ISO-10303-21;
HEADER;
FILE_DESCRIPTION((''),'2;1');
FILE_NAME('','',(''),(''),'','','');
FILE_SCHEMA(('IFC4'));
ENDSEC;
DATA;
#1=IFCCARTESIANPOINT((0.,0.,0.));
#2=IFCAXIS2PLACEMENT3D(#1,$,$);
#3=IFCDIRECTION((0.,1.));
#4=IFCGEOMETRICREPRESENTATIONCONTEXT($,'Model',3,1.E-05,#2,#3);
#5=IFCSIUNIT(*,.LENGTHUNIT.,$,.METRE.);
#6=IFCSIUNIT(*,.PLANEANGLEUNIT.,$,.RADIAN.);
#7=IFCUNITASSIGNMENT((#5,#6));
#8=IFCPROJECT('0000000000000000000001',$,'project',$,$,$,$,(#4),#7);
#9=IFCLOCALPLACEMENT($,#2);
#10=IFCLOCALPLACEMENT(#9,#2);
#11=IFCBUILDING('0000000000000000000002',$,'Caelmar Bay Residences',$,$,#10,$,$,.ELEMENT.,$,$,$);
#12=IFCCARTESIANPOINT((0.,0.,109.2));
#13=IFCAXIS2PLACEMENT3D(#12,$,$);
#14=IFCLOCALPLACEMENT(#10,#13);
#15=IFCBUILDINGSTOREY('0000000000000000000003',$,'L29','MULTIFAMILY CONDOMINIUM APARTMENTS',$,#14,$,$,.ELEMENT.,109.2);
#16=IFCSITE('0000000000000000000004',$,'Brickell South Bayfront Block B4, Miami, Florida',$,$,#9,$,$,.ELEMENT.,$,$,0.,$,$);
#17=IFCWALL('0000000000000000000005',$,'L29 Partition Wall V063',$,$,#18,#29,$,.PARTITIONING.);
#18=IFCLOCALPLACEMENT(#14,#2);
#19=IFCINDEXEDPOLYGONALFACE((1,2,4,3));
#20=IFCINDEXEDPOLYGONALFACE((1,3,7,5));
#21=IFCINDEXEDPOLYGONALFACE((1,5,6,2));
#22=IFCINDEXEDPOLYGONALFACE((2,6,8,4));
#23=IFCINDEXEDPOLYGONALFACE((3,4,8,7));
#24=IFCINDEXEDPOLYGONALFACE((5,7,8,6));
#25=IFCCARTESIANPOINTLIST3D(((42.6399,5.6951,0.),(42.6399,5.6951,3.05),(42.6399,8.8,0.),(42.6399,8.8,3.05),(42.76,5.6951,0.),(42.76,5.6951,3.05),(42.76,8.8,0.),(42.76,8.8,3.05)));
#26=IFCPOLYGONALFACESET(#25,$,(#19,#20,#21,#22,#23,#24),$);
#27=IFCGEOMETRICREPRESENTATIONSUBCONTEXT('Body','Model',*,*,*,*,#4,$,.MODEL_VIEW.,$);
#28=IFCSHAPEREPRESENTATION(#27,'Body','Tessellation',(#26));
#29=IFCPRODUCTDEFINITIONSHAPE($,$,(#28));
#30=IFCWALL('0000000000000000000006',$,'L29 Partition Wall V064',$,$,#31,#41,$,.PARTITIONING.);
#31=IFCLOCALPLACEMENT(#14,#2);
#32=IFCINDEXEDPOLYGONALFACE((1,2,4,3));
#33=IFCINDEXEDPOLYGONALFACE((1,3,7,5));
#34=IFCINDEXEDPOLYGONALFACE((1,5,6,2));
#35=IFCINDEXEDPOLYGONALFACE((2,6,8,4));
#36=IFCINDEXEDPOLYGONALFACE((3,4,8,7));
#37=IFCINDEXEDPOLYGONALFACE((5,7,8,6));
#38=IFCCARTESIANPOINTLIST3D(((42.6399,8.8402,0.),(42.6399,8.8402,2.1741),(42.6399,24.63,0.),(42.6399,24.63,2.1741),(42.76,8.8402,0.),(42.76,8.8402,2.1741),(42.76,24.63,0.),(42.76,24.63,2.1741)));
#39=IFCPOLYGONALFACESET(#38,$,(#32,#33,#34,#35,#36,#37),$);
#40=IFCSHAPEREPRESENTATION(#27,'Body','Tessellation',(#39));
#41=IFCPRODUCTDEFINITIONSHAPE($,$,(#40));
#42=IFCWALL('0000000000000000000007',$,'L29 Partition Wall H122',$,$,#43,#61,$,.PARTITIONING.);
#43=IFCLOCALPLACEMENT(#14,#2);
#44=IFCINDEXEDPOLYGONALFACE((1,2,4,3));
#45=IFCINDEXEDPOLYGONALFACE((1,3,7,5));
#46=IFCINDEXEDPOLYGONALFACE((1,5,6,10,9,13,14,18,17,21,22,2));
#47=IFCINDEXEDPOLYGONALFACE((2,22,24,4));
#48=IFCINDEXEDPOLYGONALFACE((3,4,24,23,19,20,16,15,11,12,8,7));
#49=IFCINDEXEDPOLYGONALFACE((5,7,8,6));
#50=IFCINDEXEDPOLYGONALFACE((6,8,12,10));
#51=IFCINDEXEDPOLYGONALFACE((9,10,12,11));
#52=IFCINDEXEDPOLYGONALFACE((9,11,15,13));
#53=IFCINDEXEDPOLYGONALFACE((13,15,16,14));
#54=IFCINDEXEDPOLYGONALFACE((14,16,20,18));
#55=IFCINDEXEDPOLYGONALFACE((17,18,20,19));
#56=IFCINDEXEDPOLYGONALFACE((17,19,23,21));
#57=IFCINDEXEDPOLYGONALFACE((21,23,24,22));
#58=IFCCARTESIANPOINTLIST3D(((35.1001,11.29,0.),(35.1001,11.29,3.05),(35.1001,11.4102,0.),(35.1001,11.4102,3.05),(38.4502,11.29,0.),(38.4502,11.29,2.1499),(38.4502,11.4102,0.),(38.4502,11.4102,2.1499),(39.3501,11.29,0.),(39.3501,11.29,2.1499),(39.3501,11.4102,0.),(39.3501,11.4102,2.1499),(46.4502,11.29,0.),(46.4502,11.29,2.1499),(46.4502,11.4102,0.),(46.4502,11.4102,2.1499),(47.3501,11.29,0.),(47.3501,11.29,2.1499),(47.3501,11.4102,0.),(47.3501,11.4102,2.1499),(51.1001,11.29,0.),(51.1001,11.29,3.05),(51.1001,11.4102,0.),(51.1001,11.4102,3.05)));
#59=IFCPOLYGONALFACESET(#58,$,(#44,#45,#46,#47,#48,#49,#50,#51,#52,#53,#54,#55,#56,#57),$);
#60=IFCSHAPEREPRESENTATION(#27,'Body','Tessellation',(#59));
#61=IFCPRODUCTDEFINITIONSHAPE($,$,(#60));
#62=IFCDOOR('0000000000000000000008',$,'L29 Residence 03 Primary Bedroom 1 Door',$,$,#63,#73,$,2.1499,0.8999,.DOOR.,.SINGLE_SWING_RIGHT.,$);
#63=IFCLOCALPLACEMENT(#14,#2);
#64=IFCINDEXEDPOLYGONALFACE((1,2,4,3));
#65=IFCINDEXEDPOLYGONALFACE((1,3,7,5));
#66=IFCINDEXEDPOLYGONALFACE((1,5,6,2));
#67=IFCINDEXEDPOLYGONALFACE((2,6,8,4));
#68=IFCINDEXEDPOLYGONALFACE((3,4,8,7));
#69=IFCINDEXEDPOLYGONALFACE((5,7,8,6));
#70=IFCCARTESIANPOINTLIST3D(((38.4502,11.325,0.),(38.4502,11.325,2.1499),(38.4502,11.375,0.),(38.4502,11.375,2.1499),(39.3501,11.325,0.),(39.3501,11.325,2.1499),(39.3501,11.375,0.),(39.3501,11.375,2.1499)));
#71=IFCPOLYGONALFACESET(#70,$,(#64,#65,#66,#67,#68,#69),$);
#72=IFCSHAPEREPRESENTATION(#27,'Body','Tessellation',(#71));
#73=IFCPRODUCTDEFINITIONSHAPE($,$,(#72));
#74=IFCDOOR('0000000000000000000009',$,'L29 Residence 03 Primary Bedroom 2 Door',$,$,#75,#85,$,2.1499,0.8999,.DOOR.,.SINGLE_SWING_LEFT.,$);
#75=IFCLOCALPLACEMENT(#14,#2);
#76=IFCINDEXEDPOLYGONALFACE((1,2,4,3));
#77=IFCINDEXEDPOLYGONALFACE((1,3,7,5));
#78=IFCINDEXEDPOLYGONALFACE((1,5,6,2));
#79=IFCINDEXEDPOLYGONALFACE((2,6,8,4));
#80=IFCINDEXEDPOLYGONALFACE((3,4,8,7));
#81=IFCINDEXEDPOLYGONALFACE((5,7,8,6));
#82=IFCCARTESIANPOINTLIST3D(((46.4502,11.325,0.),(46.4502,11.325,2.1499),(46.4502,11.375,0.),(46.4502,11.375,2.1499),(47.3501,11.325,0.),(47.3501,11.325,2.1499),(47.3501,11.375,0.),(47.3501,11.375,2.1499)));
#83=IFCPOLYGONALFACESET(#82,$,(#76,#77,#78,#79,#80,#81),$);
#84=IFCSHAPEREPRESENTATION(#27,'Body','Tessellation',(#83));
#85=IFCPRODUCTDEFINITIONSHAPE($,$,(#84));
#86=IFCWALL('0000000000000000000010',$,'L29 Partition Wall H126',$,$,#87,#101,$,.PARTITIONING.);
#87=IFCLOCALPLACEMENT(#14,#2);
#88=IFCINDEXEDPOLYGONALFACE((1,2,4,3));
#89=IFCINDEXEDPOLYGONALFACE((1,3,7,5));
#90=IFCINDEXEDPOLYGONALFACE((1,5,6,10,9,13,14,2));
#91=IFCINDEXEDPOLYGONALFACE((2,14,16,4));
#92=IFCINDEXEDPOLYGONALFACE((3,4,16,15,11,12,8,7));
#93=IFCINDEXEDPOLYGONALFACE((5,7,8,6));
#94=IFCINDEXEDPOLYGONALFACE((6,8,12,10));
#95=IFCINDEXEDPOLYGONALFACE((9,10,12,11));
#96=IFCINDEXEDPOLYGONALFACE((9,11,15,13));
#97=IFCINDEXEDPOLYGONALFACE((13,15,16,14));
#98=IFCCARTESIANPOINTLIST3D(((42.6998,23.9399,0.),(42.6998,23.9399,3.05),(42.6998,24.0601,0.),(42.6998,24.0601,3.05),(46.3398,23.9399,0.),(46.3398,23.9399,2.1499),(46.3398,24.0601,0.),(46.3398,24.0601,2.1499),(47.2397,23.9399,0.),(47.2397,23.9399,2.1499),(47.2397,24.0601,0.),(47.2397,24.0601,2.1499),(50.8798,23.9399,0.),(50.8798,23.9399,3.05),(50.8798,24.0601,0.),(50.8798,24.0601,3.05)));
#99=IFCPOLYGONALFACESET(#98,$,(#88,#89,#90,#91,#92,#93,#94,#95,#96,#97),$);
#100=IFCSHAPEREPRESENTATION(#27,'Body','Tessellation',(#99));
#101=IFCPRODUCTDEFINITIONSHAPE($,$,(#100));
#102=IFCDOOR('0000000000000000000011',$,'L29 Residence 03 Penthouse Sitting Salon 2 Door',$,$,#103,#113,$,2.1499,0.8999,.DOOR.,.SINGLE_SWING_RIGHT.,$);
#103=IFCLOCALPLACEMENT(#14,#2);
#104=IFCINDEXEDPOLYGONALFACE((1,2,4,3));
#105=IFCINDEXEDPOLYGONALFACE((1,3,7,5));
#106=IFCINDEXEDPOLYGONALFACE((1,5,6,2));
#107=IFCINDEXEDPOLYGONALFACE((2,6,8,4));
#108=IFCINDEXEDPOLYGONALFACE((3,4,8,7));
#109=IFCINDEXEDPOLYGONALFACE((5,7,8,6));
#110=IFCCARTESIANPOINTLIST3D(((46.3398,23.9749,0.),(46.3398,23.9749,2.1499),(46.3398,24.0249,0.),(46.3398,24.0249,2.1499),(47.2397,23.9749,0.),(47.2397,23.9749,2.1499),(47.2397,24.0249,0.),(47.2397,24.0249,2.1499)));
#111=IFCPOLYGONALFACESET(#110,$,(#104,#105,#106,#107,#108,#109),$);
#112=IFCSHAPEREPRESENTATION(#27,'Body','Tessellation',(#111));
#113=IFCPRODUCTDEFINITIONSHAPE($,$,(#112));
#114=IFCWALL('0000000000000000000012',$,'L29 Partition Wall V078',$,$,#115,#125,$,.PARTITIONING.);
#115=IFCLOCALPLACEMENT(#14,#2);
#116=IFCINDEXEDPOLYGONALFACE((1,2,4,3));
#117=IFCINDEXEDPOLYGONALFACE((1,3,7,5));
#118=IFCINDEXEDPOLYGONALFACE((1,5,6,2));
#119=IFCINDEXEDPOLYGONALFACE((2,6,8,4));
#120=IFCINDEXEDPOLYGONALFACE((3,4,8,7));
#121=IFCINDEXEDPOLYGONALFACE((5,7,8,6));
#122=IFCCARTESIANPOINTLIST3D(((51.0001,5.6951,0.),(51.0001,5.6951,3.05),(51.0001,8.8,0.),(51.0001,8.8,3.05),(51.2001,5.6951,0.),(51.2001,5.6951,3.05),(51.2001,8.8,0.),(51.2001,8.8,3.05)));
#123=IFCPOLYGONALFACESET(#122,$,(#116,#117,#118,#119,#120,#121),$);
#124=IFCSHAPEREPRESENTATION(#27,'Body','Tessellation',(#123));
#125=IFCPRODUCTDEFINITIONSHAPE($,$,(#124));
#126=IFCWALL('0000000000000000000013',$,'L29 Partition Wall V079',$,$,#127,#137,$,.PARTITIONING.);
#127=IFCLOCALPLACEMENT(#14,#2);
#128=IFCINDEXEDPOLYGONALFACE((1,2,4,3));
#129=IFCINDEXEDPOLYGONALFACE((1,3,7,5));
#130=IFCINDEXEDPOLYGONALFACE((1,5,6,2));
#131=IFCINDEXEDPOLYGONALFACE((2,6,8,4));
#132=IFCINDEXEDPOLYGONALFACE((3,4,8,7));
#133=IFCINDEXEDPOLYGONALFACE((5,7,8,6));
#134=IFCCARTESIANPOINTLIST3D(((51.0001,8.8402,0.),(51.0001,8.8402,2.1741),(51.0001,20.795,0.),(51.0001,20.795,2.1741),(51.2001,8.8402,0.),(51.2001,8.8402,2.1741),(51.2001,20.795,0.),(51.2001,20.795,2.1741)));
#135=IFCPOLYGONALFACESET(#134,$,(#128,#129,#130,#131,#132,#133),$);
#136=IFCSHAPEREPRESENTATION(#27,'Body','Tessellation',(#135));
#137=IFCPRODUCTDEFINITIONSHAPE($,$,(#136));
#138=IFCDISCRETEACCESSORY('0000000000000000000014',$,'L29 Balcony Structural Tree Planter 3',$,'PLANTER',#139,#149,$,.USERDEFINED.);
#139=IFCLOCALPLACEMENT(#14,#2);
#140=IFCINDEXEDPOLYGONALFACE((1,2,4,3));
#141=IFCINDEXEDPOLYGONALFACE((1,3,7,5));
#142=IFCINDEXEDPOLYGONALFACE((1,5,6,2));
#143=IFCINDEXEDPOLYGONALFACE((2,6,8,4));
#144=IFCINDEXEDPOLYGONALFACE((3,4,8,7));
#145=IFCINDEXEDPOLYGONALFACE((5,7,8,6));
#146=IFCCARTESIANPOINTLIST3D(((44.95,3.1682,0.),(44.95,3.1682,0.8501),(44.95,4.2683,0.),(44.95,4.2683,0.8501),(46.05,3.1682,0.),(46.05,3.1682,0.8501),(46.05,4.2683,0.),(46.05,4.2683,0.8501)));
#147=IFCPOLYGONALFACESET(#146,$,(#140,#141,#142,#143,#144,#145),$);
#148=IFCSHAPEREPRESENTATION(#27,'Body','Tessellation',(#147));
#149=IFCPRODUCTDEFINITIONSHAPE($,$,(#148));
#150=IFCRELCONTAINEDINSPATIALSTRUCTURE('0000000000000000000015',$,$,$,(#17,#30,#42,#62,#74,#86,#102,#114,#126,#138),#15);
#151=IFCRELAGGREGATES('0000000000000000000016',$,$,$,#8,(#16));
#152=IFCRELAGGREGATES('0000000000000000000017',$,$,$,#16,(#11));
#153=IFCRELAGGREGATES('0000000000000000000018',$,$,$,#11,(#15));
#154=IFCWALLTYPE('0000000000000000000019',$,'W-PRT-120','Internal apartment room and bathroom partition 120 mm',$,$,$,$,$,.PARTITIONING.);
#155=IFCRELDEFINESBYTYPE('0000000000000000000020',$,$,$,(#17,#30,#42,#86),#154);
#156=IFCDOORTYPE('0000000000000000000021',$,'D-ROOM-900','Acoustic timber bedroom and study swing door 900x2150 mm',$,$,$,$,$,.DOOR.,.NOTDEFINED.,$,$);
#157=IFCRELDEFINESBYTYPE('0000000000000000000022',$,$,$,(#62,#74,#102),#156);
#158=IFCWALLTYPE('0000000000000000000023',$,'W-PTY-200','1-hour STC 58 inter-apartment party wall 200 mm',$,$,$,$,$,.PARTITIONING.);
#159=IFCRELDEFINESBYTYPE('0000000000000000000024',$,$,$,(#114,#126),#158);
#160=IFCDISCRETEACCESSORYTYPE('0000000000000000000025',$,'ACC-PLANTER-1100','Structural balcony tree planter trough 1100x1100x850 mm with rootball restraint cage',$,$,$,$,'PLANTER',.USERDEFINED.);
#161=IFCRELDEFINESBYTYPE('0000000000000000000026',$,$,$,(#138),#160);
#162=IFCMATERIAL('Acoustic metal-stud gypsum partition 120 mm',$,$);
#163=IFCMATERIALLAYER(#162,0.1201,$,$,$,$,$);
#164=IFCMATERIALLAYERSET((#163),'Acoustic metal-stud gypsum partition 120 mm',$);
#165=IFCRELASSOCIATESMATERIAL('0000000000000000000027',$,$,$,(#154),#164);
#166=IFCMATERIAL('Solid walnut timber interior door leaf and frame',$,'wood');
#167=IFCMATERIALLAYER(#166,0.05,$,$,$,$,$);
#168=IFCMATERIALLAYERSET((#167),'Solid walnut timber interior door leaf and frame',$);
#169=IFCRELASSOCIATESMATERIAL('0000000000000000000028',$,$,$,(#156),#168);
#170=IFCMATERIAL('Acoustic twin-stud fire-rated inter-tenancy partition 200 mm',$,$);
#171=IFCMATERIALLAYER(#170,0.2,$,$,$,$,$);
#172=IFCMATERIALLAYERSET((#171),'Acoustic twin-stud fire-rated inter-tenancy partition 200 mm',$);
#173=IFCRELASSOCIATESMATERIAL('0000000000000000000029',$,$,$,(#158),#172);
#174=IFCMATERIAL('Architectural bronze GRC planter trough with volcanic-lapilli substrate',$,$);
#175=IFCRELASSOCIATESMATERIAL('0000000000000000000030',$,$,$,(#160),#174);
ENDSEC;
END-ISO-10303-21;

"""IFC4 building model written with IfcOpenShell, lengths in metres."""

from ifc_helpers import new_model, si_unit, direction, frame, frame_2d, origin, origin_2d, place, context, subcontext, project, spatial, rectangle, extrude, material, layer, layer_set, type_object, element, fill, save


model = new_model("IFC4")

# Units and contexts
model_context = context("Model", 3, precision=1e-05, world=origin(), true_north=direction((0.0, 1.0)))
body_context = subcontext(model_context, "Body", "Model", "MODEL_VIEW")
ifc_project = project(units=[si_unit("LENGTHUNIT", "METRE"), si_unit("PLANEANGLEUNIT", "RADIAN")], contexts=[model_context])

# Site, building, storey
site_placement = place(None, origin())
site = spatial("IfcSite", under=ifc_project, at=site_placement, Name="Brickell South Bayfront Block B4, Miami, Florida", CompositionType="ELEMENT", RefElevation=0.0)
building_placement = place(site_placement, origin())
building = spatial("IfcBuilding", under=site, at=building_placement, Name="Caelmar Bay Residences", CompositionType="ELEMENT")
storey_placement = place(building_placement, frame((0.0, 0.0, 109.2)))
storey = spatial("IfcBuildingStorey", under=building, at=storey_placement, Name="L29", Description="MULTIFAMILY CONDOMINIUM APARTMENTS", CompositionType="ELEMENT", Elevation=109.2)

# Walls
ifc_material_1 = material(Name="Acoustic metal-stud gypsum partition 120 mm")
ifc_layer_1 = layer(ifc_material_1, 0.1201)
ifc_layer_set_1 = layer_set([ifc_layer_1], Name="Acoustic metal-stud gypsum partition 120 mm")
wall_type_1 = type_object("IfcWallType", Name="W-PRT-120", Description="Internal apartment room and bathroom partition 120 mm", PredefinedType="PARTITIONING", material=ifc_layer_set_1)
wall_1_placement = place(storey_placement, frame((42.7, 5.6951, 0.0), z_axis=(0.0, 0.0, 1.0), x_axis=(0.0, 1.0, 0.0)))
element("IfcWall", 1, at=wall_1_placement, inside=storey, type_object=wall_type_1, Name="L29 Partition Wall V063", PredefinedType="PARTITIONING", context=body_context, shape_type="SweptSolid", body=[
    extrude(rectangle(XDim=3.105, YDim=0.1201, at=frame_2d((1.5525, 0.0))), origin(), (0.0, 0.0, 1.0), 3.05),
])
wall_2_placement = place(storey_placement, frame((42.7, 8.8401, 0.0), z_axis=(0.0, 0.0, 1.0), x_axis=(0.0, 1.0, 0.0)))
element("IfcWall", 2, at=wall_2_placement, inside=storey, type_object=wall_type_1, Name="L29 Partition Wall V064", PredefinedType="PARTITIONING", context=body_context, shape_type="SweptSolid", body=[
    extrude(rectangle(XDim=15.7898, YDim=0.1201, at=frame_2d((7.895, 0.0))), origin(), (0.0, 0.0, 1.0), 2.1741),
])

# Wall, openings, doors
wall_3_placement = place(storey_placement, frame((35.1001, 11.3501, 0.0), z_axis=(0.0, 0.0, 1.0), x_axis=(1.0, 0.0, 0.0)))
wall_3 = element("IfcWall", 3, at=wall_3_placement, inside=storey, type_object=wall_type_1, Name="L29 Partition Wall H122", PredefinedType="PARTITIONING", context=body_context, shape_type="SweptSolid", body=[
    extrude(rectangle(XDim=16.0, YDim=0.1201, at=frame_2d((8.0, 0.0))), origin(), (0.0, 0.0, 1.0), 3.05),
])
opening_1_placement = place(wall_3_placement, frame((3.3501, 0.0, 0.0)))
opening_1 = element("IfcOpeningElement", 4, at=opening_1_placement, cuts=wall_3, PredefinedType="OPENING", context=body_context, shape_type="SweptSolid", body=[
    extrude(rectangle(XDim=0.8999, YDim=2.1499, at=frame_2d((0.45, 1.075))), frame((0.0, 0.0701, 0.0), z_axis=(0.0, -1.0, 0.0), x_axis=(1.0, 0.0, 0.0)), (0.0, 0.0, 1.0), 0.1401),
])
opening_2_placement = place(wall_3_placement, frame((11.3501, 0.0, 0.0)))
opening_2 = element("IfcOpeningElement", 5, at=opening_2_placement, cuts=wall_3, PredefinedType="OPENING", context=body_context, shape_type="SweptSolid", body=[
    extrude(rectangle(XDim=0.8999, YDim=2.1499, at=frame_2d((0.45, 1.075))), frame((0.0, 0.0701, 0.0), z_axis=(0.0, -1.0, 0.0), x_axis=(1.0, 0.0, 0.0)), (0.0, 0.0, 1.0), 0.1401),
])
ifc_material_2 = material(Name="Solid walnut timber interior door leaf and frame", Category="wood")
ifc_layer_2 = layer(ifc_material_2, 0.05)
ifc_layer_set_2 = layer_set([ifc_layer_2], Name="Solid walnut timber interior door leaf and frame")
door_type = type_object("IfcDoorType", Name="D-ROOM-900", Description="Acoustic timber bedroom and study swing door 900x2150 mm", OperationType="NOTDEFINED", PredefinedType="DOOR", material=ifc_layer_set_2)
door_1_placement = place(opening_1_placement, origin())
door_1 = element("IfcDoor", 6, at=door_1_placement, inside=storey, type_object=door_type, Name="L29 Residence 03 Primary Bedroom 1 Door", OperationType="SINGLE_SWING_RIGHT", OverallHeight=2.1499, OverallWidth=0.8999, PredefinedType="DOOR", context=body_context, shape_type="SweptSolid", body=[
    extrude(rectangle(XDim=0.8999, YDim=2.1499, at=frame_2d((0.45, 1.075))), frame((0.0, 0.0249, 0.0), z_axis=(0.0, -1.0, 0.0), x_axis=(1.0, 0.0, 0.0)), (0.0, 0.0, 1.0), 0.05),
])
fill(opening_1, door_1)
door_2_placement = place(opening_2_placement, origin())
door_2 = element("IfcDoor", 7, at=door_2_placement, inside=storey, type_object=door_type, Name="L29 Residence 03 Primary Bedroom 2 Door", OperationType="SINGLE_SWING_LEFT", OverallHeight=2.1499, OverallWidth=0.8999, PredefinedType="DOOR", context=body_context, shape_type="SweptSolid", body=[
    extrude(rectangle(XDim=0.8999, YDim=2.1499, at=frame_2d((0.45, 1.075))), frame((0.0, 0.0249, 0.0), z_axis=(0.0, -1.0, 0.0), x_axis=(1.0, 0.0, 0.0)), (0.0, 0.0, 1.0), 0.05),
])
fill(opening_2, door_2)

# Wall, opening, door
wall_4_placement = place(storey_placement, frame((42.7, 24.0, 0.0), z_axis=(0.0, 0.0, 1.0), x_axis=(1.0, 0.0, 0.0)))
wall_4 = element("IfcWall", 8, at=wall_4_placement, inside=storey, type_object=wall_type_1, Name="L29 Partition Wall H126", PredefinedType="PARTITIONING", context=body_context, shape_type="SweptSolid", body=[
    extrude(rectangle(XDim=8.1799, YDim=0.1201, at=frame_2d((4.0898, 0.0))), origin(), (0.0, 0.0, 1.0), 3.05),
])
opening_3_placement = place(wall_4_placement, frame((3.6399, 0.0, 0.0)))
opening_3 = element("IfcOpeningElement", 9, at=opening_3_placement, cuts=wall_4, PredefinedType="OPENING", context=body_context, shape_type="SweptSolid", body=[
    extrude(rectangle(XDim=0.8999, YDim=2.1499, at=frame_2d((0.45, 1.075))), frame((0.0, 0.0701, 0.0), z_axis=(0.0, -1.0, 0.0), x_axis=(1.0, 0.0, 0.0)), (0.0, 0.0, 1.0), 0.1401),
])
door_3_placement = place(opening_3_placement, origin())
door_3 = element("IfcDoor", 10, at=door_3_placement, inside=storey, type_object=door_type, Name="L29 Residence 03 Penthouse Sitting Salon 2 Door", OperationType="SINGLE_SWING_RIGHT", OverallHeight=2.1499, OverallWidth=0.8999, PredefinedType="DOOR", context=body_context, shape_type="SweptSolid", body=[
    extrude(rectangle(XDim=0.8999, YDim=2.1499, at=frame_2d((0.45, 1.075))), frame((0.0, 0.0249, 0.0), z_axis=(0.0, -1.0, 0.0), x_axis=(1.0, 0.0, 0.0)), (0.0, 0.0, 1.0), 0.05),
])
fill(opening_3, door_3)

# Walls
ifc_material_3 = material(Name="Acoustic twin-stud fire-rated inter-tenancy partition 200 mm")
ifc_layer_3 = layer(ifc_material_3, 0.2)
ifc_layer_set_3 = layer_set([ifc_layer_3], Name="Acoustic twin-stud fire-rated inter-tenancy partition 200 mm")
wall_type_2 = type_object("IfcWallType", Name="W-PTY-200", Description="1-hour STC 58 inter-apartment party wall 200 mm", PredefinedType="PARTITIONING", material=ifc_layer_set_3)
wall_5_placement = place(storey_placement, frame((51.1001, 5.6951, 0.0), z_axis=(0.0, 0.0, 1.0), x_axis=(0.0, 1.0, 0.0)))
element("IfcWall", 11, at=wall_5_placement, inside=storey, type_object=wall_type_2, Name="L29 Partition Wall V078", PredefinedType="PARTITIONING", context=body_context, shape_type="SweptSolid", body=[
    extrude(rectangle(XDim=3.105, YDim=0.2, at=frame_2d((1.5525, 0.0))), origin(), (0.0, 0.0, 1.0), 3.05),
])
wall_6_placement = place(storey_placement, frame((51.1001, 8.8401, 0.0), z_axis=(0.0, 0.0, 1.0), x_axis=(0.0, 1.0, 0.0)))
element("IfcWall", 12, at=wall_6_placement, inside=storey, type_object=wall_type_2, Name="L29 Partition Wall V079", PredefinedType="PARTITIONING", context=body_context, shape_type="SweptSolid", body=[
    extrude(rectangle(XDim=11.9548, YDim=0.2, at=frame_2d((5.9775, 0.0))), origin(), (0.0, 0.0, 1.0), 2.1741),
])

# Discrete accessory
ifc_material_4 = material(Name="Architectural bronze GRC planter trough with volcanic-lapilli substrate")
discrete_accessory_type = type_object("IfcDiscreteAccessoryType", Name="ACC-PLANTER-1100", Description="Structural balcony tree planter trough 1100x1100x850 mm with rootball restraint cage", ElementType="PLANTER", PredefinedType="USERDEFINED", material=ifc_material_4)
discrete_accessory_placement = place(storey_placement, frame((45.5, 3.7183, 0.0), z_axis=(0.0, 0.0, 1.0), x_axis=(1.0, 0.0, 0.0)))
element("IfcDiscreteAccessory", 13, at=discrete_accessory_placement, inside=storey, type_object=discrete_accessory_type, Name="L29 Balcony Structural Tree Planter 3", ObjectType="PLANTER", PredefinedType="USERDEFINED", context=body_context, shape_type="SweptSolid", body=[
    extrude(rectangle(XDim=1.1001, YDim=1.1001, at=origin_2d()), origin(), (0.0, 0.0, 1.0), 0.8501),
])

save(model, "model.ifc")
